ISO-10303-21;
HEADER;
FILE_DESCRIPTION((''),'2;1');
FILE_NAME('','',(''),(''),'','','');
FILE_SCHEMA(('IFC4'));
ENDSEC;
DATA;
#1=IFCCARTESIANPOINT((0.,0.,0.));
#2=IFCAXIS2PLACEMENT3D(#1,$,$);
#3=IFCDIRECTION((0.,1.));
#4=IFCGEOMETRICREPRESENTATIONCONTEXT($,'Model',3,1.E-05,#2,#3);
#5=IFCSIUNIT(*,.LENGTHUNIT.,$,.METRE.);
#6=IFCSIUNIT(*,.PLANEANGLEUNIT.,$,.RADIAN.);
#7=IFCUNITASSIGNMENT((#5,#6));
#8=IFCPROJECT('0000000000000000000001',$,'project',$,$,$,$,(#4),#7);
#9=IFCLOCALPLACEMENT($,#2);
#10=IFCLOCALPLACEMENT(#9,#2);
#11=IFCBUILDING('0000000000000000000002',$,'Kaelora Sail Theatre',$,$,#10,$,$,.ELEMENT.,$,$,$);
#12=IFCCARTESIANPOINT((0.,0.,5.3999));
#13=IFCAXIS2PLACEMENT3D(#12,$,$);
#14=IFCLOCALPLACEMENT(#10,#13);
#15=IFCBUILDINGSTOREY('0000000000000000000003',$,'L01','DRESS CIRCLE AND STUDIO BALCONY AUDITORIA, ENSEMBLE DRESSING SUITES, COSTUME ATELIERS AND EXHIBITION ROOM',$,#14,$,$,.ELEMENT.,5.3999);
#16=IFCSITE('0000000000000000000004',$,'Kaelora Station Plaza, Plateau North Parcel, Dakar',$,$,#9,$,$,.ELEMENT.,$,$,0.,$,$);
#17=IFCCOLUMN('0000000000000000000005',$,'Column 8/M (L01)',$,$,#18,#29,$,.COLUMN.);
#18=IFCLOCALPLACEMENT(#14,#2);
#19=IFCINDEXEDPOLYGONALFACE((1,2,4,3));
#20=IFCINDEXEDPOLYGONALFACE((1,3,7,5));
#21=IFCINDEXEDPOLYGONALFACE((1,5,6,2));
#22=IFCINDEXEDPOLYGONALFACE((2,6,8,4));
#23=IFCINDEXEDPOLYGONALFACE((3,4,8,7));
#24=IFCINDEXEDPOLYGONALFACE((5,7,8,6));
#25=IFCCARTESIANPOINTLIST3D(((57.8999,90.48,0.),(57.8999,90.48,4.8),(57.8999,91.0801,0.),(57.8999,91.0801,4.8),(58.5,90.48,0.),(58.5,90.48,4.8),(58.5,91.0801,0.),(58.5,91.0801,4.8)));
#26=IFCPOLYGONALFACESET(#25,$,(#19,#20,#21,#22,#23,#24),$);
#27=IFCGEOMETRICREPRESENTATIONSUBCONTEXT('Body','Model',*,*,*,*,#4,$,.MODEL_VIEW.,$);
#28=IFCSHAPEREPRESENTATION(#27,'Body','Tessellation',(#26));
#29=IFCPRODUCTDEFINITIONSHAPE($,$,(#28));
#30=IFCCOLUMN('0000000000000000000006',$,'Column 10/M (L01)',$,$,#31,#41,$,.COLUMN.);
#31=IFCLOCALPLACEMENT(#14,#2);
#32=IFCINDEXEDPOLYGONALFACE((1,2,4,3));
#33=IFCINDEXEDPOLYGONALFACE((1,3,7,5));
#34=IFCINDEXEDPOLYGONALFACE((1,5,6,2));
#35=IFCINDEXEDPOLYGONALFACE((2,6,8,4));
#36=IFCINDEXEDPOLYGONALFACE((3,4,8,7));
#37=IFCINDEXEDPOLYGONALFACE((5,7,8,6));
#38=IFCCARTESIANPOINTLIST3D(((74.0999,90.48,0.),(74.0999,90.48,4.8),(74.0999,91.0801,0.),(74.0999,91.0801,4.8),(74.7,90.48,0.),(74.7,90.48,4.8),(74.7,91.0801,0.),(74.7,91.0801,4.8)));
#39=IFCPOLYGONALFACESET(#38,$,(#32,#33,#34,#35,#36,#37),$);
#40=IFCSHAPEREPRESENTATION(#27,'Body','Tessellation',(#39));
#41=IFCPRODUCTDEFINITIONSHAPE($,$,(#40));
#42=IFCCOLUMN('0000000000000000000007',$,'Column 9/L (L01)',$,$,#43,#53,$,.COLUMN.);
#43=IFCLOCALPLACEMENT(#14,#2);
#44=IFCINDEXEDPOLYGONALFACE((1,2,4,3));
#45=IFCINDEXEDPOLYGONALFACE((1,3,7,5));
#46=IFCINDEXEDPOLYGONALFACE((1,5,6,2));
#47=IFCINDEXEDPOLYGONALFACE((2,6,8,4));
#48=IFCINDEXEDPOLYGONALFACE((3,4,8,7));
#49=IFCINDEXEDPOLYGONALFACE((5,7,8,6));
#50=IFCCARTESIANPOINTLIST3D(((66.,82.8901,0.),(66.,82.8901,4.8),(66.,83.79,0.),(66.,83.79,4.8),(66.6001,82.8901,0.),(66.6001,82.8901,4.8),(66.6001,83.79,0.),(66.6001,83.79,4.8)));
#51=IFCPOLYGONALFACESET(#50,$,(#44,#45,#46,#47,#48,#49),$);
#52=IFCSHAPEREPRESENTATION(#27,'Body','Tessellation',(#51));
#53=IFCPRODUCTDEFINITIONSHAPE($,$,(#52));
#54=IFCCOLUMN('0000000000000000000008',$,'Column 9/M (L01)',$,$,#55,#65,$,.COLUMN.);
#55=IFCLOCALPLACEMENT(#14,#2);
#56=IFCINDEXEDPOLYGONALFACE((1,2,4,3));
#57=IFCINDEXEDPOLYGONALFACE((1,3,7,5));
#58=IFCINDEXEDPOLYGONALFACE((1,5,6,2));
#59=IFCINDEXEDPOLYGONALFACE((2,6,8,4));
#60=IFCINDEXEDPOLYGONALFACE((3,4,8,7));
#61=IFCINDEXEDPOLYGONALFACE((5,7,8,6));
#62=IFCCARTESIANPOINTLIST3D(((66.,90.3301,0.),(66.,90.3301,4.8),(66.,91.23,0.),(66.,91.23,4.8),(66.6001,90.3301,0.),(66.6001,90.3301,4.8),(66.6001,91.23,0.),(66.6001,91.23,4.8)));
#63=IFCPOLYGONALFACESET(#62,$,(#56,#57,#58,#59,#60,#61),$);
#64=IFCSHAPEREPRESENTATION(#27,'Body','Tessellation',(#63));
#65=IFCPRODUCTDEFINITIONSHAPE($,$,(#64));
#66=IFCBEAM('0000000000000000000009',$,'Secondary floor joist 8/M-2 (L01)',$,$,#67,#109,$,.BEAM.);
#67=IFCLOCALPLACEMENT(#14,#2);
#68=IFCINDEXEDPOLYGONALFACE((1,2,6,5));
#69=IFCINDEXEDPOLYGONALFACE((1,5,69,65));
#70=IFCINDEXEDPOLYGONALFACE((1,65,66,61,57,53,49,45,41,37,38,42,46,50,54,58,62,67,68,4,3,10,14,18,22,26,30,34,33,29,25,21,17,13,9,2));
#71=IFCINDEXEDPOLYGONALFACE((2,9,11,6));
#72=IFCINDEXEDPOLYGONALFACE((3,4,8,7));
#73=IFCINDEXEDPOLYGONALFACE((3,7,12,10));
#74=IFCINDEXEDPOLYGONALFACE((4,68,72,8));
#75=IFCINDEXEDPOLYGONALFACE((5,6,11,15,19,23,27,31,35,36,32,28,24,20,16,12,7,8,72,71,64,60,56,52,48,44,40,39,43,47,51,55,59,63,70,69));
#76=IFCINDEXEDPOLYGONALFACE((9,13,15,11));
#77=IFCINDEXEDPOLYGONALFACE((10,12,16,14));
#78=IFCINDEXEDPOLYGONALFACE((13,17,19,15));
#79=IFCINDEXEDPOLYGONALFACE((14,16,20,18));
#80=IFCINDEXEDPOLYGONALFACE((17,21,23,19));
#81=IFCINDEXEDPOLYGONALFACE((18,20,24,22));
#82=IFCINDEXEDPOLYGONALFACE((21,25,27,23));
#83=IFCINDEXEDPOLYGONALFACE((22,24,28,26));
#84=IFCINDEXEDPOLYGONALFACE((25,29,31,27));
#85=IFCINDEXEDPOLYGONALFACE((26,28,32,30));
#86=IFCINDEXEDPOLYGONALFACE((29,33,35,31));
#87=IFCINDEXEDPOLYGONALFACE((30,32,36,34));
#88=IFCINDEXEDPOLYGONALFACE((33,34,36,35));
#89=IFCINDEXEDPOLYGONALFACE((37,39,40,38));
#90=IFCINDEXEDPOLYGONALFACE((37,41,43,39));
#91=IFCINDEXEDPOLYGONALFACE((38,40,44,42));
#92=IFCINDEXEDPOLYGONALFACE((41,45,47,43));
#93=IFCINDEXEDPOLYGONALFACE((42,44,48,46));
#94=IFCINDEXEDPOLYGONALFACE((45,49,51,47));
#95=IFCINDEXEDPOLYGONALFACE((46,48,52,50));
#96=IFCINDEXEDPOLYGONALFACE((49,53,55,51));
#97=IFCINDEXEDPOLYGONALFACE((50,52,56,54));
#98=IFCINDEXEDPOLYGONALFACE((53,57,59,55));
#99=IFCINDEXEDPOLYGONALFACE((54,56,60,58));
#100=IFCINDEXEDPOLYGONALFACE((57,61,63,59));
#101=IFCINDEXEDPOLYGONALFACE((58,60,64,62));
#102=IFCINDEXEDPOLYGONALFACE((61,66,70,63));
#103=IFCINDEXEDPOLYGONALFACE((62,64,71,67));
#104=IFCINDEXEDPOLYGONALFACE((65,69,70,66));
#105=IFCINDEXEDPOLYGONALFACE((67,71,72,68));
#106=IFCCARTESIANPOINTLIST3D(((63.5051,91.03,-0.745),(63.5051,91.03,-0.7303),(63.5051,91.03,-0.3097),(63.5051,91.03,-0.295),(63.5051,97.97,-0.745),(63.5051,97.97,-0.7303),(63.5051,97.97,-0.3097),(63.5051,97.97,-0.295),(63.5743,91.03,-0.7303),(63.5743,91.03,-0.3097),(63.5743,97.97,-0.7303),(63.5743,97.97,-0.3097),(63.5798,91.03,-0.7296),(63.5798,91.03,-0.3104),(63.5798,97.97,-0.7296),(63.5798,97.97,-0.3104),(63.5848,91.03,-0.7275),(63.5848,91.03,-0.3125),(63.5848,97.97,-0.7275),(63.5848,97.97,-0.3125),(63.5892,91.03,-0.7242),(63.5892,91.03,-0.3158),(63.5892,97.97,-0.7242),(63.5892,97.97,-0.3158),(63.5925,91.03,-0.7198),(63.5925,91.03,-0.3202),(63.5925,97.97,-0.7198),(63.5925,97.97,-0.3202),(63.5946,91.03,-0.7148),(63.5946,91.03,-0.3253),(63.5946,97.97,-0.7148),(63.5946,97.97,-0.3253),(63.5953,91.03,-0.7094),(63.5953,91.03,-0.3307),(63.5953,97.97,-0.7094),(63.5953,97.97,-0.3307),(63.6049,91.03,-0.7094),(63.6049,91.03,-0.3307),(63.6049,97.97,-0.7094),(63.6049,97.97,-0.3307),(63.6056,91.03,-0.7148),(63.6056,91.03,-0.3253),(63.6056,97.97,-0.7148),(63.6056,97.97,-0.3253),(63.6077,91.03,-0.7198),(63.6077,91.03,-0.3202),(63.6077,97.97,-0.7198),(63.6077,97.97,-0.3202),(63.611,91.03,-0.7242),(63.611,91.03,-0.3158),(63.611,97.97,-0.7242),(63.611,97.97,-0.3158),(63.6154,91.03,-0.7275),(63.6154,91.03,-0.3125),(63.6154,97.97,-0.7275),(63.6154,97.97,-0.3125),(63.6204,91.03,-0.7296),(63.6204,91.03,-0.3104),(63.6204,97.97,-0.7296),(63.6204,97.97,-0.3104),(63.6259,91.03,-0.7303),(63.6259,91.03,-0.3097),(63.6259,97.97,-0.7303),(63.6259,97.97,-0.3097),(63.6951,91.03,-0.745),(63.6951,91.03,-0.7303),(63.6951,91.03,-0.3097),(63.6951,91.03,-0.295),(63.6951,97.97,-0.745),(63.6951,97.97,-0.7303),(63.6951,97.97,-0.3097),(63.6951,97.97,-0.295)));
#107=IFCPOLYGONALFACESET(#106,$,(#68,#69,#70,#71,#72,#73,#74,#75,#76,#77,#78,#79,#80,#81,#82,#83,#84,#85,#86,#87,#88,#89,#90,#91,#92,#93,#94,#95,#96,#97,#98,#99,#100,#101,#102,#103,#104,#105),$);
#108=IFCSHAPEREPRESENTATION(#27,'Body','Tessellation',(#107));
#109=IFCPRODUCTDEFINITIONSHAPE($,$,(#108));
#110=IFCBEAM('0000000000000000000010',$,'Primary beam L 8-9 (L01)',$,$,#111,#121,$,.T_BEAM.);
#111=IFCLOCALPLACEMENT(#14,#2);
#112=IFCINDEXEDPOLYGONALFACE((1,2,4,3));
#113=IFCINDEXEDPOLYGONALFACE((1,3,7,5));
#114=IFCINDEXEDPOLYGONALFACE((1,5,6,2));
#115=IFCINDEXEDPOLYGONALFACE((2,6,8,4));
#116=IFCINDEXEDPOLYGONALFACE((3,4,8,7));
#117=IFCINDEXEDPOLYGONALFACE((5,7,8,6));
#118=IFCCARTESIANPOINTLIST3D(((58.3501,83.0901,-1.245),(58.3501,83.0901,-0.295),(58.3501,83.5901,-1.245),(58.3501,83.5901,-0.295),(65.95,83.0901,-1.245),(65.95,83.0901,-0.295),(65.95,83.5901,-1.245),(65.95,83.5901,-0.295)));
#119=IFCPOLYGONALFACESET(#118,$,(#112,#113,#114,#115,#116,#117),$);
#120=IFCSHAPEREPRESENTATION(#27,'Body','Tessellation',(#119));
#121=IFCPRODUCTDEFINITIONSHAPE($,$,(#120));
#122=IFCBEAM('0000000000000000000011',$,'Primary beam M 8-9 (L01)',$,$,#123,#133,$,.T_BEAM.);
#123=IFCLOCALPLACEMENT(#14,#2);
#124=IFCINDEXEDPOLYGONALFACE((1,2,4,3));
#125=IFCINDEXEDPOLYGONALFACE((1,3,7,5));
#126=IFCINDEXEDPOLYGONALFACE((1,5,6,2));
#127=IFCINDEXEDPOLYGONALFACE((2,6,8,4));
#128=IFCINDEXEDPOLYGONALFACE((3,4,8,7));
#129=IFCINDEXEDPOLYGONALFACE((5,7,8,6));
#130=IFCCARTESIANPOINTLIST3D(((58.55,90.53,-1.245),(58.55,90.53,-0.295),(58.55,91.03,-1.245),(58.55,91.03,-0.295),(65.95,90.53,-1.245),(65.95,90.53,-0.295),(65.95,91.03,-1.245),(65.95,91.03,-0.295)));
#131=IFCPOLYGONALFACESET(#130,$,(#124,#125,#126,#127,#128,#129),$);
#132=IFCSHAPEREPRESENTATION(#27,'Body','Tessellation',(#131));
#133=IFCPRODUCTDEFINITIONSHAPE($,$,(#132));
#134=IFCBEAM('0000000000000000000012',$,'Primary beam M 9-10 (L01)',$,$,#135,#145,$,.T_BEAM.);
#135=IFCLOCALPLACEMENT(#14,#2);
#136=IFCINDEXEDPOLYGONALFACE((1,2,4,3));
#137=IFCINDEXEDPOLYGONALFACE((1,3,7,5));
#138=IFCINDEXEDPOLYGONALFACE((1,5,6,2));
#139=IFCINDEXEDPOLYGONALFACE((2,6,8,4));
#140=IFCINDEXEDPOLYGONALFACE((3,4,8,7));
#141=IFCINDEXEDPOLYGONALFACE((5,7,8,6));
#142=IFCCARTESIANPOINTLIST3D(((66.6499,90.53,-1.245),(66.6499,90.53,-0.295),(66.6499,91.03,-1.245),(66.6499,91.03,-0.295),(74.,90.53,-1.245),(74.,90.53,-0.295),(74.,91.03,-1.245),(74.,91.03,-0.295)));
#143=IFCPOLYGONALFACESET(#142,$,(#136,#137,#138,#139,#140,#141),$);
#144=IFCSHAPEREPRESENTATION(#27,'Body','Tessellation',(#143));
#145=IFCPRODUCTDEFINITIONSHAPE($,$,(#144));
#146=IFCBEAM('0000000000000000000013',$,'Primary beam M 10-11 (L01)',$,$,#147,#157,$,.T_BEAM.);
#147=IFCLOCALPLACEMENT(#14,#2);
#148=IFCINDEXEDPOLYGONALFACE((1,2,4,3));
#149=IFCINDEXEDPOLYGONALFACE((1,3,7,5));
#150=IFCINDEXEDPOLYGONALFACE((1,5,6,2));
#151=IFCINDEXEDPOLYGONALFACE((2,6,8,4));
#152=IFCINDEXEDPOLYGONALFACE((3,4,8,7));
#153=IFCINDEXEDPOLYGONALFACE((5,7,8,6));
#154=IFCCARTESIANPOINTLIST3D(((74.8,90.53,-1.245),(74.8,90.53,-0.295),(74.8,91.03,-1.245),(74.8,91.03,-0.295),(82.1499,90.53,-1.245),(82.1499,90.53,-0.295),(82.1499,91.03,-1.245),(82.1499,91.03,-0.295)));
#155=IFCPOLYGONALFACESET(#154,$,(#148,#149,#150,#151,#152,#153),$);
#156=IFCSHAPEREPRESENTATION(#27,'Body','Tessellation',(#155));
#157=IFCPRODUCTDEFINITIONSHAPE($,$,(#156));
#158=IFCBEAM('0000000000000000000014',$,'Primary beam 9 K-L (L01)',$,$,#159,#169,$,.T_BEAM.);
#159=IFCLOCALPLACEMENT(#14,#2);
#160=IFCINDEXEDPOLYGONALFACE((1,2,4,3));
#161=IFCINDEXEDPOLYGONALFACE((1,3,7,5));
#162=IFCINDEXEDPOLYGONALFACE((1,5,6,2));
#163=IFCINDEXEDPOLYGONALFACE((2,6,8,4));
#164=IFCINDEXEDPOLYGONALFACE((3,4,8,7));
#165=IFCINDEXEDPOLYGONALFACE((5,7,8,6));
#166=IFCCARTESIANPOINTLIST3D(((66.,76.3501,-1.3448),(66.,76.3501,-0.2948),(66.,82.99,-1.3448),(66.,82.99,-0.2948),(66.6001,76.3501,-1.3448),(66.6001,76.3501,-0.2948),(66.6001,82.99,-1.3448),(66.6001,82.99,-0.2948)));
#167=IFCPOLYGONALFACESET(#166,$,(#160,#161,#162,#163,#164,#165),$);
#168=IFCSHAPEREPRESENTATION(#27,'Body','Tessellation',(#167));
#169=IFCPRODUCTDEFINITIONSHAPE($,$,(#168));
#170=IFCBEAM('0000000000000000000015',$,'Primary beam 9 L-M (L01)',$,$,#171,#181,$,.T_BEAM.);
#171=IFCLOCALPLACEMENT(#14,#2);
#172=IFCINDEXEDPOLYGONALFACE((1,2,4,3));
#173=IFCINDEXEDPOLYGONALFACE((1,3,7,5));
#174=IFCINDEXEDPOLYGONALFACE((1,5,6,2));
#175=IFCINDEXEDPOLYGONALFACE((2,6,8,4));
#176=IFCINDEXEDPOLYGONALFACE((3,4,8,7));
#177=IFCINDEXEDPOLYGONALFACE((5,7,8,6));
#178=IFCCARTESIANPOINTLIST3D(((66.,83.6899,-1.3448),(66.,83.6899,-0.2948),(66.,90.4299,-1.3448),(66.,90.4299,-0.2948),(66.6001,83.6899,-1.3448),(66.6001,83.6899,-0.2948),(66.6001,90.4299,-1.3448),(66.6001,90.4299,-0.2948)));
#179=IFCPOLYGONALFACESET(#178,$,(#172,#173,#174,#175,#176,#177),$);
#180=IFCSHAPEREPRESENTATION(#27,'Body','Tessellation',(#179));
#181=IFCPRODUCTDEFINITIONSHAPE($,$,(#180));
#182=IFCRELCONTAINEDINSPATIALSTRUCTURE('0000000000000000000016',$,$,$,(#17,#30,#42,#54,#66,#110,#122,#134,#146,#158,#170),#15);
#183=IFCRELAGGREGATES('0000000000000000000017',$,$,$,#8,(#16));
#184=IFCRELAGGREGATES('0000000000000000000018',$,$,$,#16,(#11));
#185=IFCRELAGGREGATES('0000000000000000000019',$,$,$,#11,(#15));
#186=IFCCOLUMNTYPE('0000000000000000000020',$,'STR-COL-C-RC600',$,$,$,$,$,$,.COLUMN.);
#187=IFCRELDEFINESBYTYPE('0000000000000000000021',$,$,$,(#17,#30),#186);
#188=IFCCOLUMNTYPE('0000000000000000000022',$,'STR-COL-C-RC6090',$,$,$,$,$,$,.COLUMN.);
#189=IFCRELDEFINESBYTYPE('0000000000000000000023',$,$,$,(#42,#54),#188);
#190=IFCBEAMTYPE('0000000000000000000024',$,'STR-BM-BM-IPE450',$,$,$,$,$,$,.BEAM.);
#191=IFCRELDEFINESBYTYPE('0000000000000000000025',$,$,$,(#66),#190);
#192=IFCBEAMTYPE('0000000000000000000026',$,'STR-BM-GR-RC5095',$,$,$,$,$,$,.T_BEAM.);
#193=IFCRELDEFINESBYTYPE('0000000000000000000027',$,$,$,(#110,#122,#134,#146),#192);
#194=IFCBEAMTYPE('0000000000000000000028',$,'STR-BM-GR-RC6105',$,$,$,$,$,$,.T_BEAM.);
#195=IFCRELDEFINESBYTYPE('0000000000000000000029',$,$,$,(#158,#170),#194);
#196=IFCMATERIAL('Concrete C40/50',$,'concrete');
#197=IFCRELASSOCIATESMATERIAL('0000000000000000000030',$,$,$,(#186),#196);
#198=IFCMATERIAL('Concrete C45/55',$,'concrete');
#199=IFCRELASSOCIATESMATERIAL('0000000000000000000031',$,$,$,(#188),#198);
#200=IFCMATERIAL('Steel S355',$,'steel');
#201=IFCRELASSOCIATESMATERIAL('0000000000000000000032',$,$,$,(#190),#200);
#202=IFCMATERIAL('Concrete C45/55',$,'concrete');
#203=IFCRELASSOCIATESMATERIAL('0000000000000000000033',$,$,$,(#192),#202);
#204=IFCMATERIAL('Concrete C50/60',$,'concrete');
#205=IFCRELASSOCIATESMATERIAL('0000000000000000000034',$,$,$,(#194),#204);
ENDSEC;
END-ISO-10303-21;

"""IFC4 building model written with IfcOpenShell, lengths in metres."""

from ifc_helpers import new_model, si_unit, direction, frame, origin, origin_2d, place, context, subcontext, project, spatial, rectangle, i_section, extrude, material, material_profile, profile_set, type_object, element, save


model = new_model("IFC4")

# Units and contexts
model_context = context("Model", 3, precision=1e-05, world=origin(), true_north=direction((0.0, 1.0)))
body_context = subcontext(model_context, "Body", "Model", "MODEL_VIEW")
ifc_project = project(units=[si_unit("LENGTHUNIT", "METRE"), si_unit("PLANEANGLEUNIT", "RADIAN")], contexts=[model_context])

# Site, building, storey
site_placement = place(None, origin())
site = spatial("IfcSite", under=ifc_project, at=site_placement, Name="Kaelora Station Plaza, Plateau North Parcel, Dakar", CompositionType="ELEMENT", RefElevation=0.0)
building_placement = place(site_placement, origin())
building = spatial("IfcBuilding", under=site, at=building_placement, Name="Kaelora Sail Theatre", CompositionType="ELEMENT")
storey_placement = place(building_placement, frame((0.0, 0.0, 5.3999)))
storey = spatial("IfcBuildingStorey", under=building, at=storey_placement, Name="L01", Description="DRESS CIRCLE AND STUDIO BALCONY AUDITORIA, ENSEMBLE DRESSING SUITES, COSTUME ATELIERS AND EXHIBITION ROOM", CompositionType="ELEMENT", Elevation=5.3999)

# Columns
ifc_material_1 = material(Name="Concrete C40/50", Category="concrete")
ifc_material_profile_1 = material_profile(ifc_material_1, rectangle(XDim=0.6001, YDim=0.6001, at=origin_2d()), Name="RC-COL 600x600")
ifc_profile_set_1 = profile_set([ifc_material_profile_1], Name="Concrete C40/50")
column_type_1 = type_object("IfcColumnType", Name="STR-COL-C-RC600", PredefinedType="COLUMN", material=ifc_profile_set_1)
for number, where, z_axis, x_axis, name in (
    (1, (58.2, 90.78, 0.0), (0.0, 0.0, 1.0), (1.0, 0.0, 0.0), "Column 8/M (L01)"),
    (2, (74.3999, 90.78, 0.0), (0.0, 0.0, 1.0), (1.0, 0.0, 0.0), "Column 10/M (L01)"),
):
    element("IfcColumn", number, at=place(storey_placement, frame(where, z_axis=z_axis, x_axis=x_axis)), inside=storey, type_object=column_type_1, Name=name, PredefinedType="COLUMN", context=body_context, shape_type="SweptSolid", body=[
        extrude(rectangle(XDim=0.6001, YDim=0.6001, at=origin_2d()), origin(), (0.0, 0.0, 1.0), 4.8),
    ])
ifc_material_2 = material(Name="Concrete C45/55", Category="concrete")
ifc_material_profile_2 = material_profile(ifc_material_2, rectangle(XDim=0.6001, YDim=0.8999, at=origin_2d()), Name="RC-COL 600x900")
ifc_profile_set_2 = profile_set([ifc_material_profile_2], Name="Concrete C45/55")
column_type_2 = type_object("IfcColumnType", Name="STR-COL-C-RC6090", PredefinedType="COLUMN", material=ifc_profile_set_2)
for number, where, z_axis, x_axis, name in (
    (3, (66.3, 83.3401, 0.0), (0.0, 0.0, 1.0), (1.0, 0.0, 0.0), "Column 9/L (L01)"),
    (4, (66.3, 90.78, 0.0), (0.0, 0.0, 1.0), (1.0, 0.0, 0.0), "Column 9/M (L01)"),
):
    element("IfcColumn", number, at=place(storey_placement, frame(where, z_axis=z_axis, x_axis=x_axis)), inside=storey, type_object=column_type_2, Name=name, PredefinedType="COLUMN", context=body_context, shape_type="SweptSolid", body=[
        extrude(rectangle(XDim=0.6001, YDim=0.8999, at=origin_2d()), origin(), (0.0, 0.0, 1.0), 4.8),
    ])

# Beams
ifc_material_3 = material(Name="Steel S355", Category="steel")
ifc_material_profile_3 = material_profile(ifc_material_3, i_section(OverallWidth=0.1899, OverallDepth=0.45, WebThickness=0.0095, FlangeThickness=0.0146, FilletRadius=0.021, at=origin_2d()), Name="IPE 450")
ifc_profile_set_3 = profile_set([ifc_material_profile_3], Name="Steel S355")
beam_type_1 = type_object("IfcBeamType", Name="STR-BM-BM-IPE450", PredefinedType="BEAM", material=ifc_profile_set_3)
beam_1_placement = place(storey_placement, frame((63.6001, 91.03, -0.52), z_axis=(0.0, 1.0, 0.0), x_axis=(-1.0, 0.0, 0.0)))
element("IfcBeam", 5, at=beam_1_placement, inside=storey, type_object=beam_type_1, Name="Secondary floor joist 8/M-2 (L01)", PredefinedType="BEAM", context=body_context, shape_type="SweptSolid", body=[
    extrude(i_section(OverallWidth=0.1899, OverallDepth=0.45, WebThickness=0.0095, FlangeThickness=0.0146, FilletRadius=0.021, at=origin_2d()), origin(), (0.0, 0.0, 1.0), 6.9399),
])
ifc_material_4 = material(Name="Concrete C45/55", Category="concrete")
ifc_material_profile_4 = material_profile(ifc_material_4, rectangle(XDim=0.5, YDim=0.95, at=origin_2d()), Name="RC-GRD 500x950")
ifc_profile_set_4 = profile_set([ifc_material_profile_4], Name="Concrete C45/55")
beam_type_2 = type_object("IfcBeamType", Name="STR-BM-GR-RC5095", PredefinedType="T_BEAM", material=ifc_profile_set_4)
beam_2_placement = place(storey_placement, frame((58.3501, 83.3401, -0.77), z_axis=(1.0, 0.0, 0.0), x_axis=(0.0, 1.0, 0.0)))
element("IfcBeam", 6, at=beam_2_placement, inside=storey, type_object=beam_type_2, Name="Primary beam L 8-9 (L01)", PredefinedType="T_BEAM", context=body_context, shape_type="SweptSolid", body=[
    extrude(rectangle(XDim=0.5, YDim=0.95, at=origin_2d()), origin(), (0.0, 0.0, 1.0), 7.5999),
])
beam_3_placement = place(storey_placement, frame((58.55, 90.78, -0.77), z_axis=(1.0, 0.0, 0.0), x_axis=(0.0, 1.0, 0.0)))
element("IfcBeam", 7, at=beam_3_placement, inside=storey, type_object=beam_type_2, Name="Primary beam M 8-9 (L01)", PredefinedType="T_BEAM", context=body_context, shape_type="SweptSolid", body=[
    extrude(rectangle(XDim=0.5, YDim=0.95, at=origin_2d()), origin(), (0.0, 0.0, 1.0), 7.3999),
])
beam_4_placement = place(storey_placement, frame((66.6499, 90.78, -0.77), z_axis=(1.0, 0.0, 0.0), x_axis=(0.0, 1.0, 0.0)))
element("IfcBeam", 8, at=beam_4_placement, inside=storey, type_object=beam_type_2, Name="Primary beam M 9-10 (L01)", PredefinedType="T_BEAM", context=body_context, shape_type="SweptSolid", body=[
    extrude(rectangle(XDim=0.5, YDim=0.95, at=origin_2d()), origin(), (0.0, 0.0, 1.0), 7.3501),
])
beam_5_placement = place(storey_placement, frame((74.8, 90.78, -0.77), z_axis=(1.0, 0.0, 0.0), x_axis=(0.0, 1.0, 0.0)))
element("IfcBeam", 9, at=beam_5_placement, inside=storey, type_object=beam_type_2, Name="Primary beam M 10-11 (L01)", PredefinedType="T_BEAM", context=body_context, shape_type="SweptSolid", body=[
    extrude(rectangle(XDim=0.5, YDim=0.95, at=origin_2d()), origin(), (0.0, 0.0, 1.0), 7.3499),
])
ifc_material_5 = material(Name="Concrete C50/60", Category="concrete")
ifc_material_profile_5 = material_profile(ifc_material_5, rectangle(XDim=0.6001, YDim=1.05, at=origin_2d()), Name="RC-GRD 600x1050")
ifc_profile_set_5 = profile_set([ifc_material_profile_5], Name="Concrete C50/60")
beam_type_3 = type_object("IfcBeamType", Name="STR-BM-GR-RC6105", PredefinedType="T_BEAM", material=ifc_profile_set_5)
beam_6_placement = place(storey_placement, frame((66.3, 76.3501, -0.8198), z_axis=(0.0, 1.0, 0.0), x_axis=(-1.0, 0.0, 0.0)))
element("IfcBeam", 10, at=beam_6_placement, inside=storey, type_object=beam_type_3, Name="Primary beam 9 K-L (L01)", PredefinedType="T_BEAM", context=body_context, shape_type="SweptSolid", body=[
    extrude(rectangle(XDim=0.6001, YDim=1.05, at=origin_2d()), origin(), (0.0, 0.0, 1.0), 6.6399),
])
beam_7_placement = place(storey_placement, frame((66.3, 83.6899, -0.8198), z_axis=(0.0, 1.0, 0.0), x_axis=(-1.0, 0.0, 0.0)))
element("IfcBeam", 11, at=beam_7_placement, inside=storey, type_object=beam_type_3, Name="Primary beam 9 L-M (L01)", PredefinedType="T_BEAM", context=body_context, shape_type="SweptSolid", body=[
    extrude(rectangle(XDim=0.6001, YDim=1.05, at=origin_2d()), origin(), (0.0, 0.0, 1.0), 6.74),
])

save(model, "model.ifc")
